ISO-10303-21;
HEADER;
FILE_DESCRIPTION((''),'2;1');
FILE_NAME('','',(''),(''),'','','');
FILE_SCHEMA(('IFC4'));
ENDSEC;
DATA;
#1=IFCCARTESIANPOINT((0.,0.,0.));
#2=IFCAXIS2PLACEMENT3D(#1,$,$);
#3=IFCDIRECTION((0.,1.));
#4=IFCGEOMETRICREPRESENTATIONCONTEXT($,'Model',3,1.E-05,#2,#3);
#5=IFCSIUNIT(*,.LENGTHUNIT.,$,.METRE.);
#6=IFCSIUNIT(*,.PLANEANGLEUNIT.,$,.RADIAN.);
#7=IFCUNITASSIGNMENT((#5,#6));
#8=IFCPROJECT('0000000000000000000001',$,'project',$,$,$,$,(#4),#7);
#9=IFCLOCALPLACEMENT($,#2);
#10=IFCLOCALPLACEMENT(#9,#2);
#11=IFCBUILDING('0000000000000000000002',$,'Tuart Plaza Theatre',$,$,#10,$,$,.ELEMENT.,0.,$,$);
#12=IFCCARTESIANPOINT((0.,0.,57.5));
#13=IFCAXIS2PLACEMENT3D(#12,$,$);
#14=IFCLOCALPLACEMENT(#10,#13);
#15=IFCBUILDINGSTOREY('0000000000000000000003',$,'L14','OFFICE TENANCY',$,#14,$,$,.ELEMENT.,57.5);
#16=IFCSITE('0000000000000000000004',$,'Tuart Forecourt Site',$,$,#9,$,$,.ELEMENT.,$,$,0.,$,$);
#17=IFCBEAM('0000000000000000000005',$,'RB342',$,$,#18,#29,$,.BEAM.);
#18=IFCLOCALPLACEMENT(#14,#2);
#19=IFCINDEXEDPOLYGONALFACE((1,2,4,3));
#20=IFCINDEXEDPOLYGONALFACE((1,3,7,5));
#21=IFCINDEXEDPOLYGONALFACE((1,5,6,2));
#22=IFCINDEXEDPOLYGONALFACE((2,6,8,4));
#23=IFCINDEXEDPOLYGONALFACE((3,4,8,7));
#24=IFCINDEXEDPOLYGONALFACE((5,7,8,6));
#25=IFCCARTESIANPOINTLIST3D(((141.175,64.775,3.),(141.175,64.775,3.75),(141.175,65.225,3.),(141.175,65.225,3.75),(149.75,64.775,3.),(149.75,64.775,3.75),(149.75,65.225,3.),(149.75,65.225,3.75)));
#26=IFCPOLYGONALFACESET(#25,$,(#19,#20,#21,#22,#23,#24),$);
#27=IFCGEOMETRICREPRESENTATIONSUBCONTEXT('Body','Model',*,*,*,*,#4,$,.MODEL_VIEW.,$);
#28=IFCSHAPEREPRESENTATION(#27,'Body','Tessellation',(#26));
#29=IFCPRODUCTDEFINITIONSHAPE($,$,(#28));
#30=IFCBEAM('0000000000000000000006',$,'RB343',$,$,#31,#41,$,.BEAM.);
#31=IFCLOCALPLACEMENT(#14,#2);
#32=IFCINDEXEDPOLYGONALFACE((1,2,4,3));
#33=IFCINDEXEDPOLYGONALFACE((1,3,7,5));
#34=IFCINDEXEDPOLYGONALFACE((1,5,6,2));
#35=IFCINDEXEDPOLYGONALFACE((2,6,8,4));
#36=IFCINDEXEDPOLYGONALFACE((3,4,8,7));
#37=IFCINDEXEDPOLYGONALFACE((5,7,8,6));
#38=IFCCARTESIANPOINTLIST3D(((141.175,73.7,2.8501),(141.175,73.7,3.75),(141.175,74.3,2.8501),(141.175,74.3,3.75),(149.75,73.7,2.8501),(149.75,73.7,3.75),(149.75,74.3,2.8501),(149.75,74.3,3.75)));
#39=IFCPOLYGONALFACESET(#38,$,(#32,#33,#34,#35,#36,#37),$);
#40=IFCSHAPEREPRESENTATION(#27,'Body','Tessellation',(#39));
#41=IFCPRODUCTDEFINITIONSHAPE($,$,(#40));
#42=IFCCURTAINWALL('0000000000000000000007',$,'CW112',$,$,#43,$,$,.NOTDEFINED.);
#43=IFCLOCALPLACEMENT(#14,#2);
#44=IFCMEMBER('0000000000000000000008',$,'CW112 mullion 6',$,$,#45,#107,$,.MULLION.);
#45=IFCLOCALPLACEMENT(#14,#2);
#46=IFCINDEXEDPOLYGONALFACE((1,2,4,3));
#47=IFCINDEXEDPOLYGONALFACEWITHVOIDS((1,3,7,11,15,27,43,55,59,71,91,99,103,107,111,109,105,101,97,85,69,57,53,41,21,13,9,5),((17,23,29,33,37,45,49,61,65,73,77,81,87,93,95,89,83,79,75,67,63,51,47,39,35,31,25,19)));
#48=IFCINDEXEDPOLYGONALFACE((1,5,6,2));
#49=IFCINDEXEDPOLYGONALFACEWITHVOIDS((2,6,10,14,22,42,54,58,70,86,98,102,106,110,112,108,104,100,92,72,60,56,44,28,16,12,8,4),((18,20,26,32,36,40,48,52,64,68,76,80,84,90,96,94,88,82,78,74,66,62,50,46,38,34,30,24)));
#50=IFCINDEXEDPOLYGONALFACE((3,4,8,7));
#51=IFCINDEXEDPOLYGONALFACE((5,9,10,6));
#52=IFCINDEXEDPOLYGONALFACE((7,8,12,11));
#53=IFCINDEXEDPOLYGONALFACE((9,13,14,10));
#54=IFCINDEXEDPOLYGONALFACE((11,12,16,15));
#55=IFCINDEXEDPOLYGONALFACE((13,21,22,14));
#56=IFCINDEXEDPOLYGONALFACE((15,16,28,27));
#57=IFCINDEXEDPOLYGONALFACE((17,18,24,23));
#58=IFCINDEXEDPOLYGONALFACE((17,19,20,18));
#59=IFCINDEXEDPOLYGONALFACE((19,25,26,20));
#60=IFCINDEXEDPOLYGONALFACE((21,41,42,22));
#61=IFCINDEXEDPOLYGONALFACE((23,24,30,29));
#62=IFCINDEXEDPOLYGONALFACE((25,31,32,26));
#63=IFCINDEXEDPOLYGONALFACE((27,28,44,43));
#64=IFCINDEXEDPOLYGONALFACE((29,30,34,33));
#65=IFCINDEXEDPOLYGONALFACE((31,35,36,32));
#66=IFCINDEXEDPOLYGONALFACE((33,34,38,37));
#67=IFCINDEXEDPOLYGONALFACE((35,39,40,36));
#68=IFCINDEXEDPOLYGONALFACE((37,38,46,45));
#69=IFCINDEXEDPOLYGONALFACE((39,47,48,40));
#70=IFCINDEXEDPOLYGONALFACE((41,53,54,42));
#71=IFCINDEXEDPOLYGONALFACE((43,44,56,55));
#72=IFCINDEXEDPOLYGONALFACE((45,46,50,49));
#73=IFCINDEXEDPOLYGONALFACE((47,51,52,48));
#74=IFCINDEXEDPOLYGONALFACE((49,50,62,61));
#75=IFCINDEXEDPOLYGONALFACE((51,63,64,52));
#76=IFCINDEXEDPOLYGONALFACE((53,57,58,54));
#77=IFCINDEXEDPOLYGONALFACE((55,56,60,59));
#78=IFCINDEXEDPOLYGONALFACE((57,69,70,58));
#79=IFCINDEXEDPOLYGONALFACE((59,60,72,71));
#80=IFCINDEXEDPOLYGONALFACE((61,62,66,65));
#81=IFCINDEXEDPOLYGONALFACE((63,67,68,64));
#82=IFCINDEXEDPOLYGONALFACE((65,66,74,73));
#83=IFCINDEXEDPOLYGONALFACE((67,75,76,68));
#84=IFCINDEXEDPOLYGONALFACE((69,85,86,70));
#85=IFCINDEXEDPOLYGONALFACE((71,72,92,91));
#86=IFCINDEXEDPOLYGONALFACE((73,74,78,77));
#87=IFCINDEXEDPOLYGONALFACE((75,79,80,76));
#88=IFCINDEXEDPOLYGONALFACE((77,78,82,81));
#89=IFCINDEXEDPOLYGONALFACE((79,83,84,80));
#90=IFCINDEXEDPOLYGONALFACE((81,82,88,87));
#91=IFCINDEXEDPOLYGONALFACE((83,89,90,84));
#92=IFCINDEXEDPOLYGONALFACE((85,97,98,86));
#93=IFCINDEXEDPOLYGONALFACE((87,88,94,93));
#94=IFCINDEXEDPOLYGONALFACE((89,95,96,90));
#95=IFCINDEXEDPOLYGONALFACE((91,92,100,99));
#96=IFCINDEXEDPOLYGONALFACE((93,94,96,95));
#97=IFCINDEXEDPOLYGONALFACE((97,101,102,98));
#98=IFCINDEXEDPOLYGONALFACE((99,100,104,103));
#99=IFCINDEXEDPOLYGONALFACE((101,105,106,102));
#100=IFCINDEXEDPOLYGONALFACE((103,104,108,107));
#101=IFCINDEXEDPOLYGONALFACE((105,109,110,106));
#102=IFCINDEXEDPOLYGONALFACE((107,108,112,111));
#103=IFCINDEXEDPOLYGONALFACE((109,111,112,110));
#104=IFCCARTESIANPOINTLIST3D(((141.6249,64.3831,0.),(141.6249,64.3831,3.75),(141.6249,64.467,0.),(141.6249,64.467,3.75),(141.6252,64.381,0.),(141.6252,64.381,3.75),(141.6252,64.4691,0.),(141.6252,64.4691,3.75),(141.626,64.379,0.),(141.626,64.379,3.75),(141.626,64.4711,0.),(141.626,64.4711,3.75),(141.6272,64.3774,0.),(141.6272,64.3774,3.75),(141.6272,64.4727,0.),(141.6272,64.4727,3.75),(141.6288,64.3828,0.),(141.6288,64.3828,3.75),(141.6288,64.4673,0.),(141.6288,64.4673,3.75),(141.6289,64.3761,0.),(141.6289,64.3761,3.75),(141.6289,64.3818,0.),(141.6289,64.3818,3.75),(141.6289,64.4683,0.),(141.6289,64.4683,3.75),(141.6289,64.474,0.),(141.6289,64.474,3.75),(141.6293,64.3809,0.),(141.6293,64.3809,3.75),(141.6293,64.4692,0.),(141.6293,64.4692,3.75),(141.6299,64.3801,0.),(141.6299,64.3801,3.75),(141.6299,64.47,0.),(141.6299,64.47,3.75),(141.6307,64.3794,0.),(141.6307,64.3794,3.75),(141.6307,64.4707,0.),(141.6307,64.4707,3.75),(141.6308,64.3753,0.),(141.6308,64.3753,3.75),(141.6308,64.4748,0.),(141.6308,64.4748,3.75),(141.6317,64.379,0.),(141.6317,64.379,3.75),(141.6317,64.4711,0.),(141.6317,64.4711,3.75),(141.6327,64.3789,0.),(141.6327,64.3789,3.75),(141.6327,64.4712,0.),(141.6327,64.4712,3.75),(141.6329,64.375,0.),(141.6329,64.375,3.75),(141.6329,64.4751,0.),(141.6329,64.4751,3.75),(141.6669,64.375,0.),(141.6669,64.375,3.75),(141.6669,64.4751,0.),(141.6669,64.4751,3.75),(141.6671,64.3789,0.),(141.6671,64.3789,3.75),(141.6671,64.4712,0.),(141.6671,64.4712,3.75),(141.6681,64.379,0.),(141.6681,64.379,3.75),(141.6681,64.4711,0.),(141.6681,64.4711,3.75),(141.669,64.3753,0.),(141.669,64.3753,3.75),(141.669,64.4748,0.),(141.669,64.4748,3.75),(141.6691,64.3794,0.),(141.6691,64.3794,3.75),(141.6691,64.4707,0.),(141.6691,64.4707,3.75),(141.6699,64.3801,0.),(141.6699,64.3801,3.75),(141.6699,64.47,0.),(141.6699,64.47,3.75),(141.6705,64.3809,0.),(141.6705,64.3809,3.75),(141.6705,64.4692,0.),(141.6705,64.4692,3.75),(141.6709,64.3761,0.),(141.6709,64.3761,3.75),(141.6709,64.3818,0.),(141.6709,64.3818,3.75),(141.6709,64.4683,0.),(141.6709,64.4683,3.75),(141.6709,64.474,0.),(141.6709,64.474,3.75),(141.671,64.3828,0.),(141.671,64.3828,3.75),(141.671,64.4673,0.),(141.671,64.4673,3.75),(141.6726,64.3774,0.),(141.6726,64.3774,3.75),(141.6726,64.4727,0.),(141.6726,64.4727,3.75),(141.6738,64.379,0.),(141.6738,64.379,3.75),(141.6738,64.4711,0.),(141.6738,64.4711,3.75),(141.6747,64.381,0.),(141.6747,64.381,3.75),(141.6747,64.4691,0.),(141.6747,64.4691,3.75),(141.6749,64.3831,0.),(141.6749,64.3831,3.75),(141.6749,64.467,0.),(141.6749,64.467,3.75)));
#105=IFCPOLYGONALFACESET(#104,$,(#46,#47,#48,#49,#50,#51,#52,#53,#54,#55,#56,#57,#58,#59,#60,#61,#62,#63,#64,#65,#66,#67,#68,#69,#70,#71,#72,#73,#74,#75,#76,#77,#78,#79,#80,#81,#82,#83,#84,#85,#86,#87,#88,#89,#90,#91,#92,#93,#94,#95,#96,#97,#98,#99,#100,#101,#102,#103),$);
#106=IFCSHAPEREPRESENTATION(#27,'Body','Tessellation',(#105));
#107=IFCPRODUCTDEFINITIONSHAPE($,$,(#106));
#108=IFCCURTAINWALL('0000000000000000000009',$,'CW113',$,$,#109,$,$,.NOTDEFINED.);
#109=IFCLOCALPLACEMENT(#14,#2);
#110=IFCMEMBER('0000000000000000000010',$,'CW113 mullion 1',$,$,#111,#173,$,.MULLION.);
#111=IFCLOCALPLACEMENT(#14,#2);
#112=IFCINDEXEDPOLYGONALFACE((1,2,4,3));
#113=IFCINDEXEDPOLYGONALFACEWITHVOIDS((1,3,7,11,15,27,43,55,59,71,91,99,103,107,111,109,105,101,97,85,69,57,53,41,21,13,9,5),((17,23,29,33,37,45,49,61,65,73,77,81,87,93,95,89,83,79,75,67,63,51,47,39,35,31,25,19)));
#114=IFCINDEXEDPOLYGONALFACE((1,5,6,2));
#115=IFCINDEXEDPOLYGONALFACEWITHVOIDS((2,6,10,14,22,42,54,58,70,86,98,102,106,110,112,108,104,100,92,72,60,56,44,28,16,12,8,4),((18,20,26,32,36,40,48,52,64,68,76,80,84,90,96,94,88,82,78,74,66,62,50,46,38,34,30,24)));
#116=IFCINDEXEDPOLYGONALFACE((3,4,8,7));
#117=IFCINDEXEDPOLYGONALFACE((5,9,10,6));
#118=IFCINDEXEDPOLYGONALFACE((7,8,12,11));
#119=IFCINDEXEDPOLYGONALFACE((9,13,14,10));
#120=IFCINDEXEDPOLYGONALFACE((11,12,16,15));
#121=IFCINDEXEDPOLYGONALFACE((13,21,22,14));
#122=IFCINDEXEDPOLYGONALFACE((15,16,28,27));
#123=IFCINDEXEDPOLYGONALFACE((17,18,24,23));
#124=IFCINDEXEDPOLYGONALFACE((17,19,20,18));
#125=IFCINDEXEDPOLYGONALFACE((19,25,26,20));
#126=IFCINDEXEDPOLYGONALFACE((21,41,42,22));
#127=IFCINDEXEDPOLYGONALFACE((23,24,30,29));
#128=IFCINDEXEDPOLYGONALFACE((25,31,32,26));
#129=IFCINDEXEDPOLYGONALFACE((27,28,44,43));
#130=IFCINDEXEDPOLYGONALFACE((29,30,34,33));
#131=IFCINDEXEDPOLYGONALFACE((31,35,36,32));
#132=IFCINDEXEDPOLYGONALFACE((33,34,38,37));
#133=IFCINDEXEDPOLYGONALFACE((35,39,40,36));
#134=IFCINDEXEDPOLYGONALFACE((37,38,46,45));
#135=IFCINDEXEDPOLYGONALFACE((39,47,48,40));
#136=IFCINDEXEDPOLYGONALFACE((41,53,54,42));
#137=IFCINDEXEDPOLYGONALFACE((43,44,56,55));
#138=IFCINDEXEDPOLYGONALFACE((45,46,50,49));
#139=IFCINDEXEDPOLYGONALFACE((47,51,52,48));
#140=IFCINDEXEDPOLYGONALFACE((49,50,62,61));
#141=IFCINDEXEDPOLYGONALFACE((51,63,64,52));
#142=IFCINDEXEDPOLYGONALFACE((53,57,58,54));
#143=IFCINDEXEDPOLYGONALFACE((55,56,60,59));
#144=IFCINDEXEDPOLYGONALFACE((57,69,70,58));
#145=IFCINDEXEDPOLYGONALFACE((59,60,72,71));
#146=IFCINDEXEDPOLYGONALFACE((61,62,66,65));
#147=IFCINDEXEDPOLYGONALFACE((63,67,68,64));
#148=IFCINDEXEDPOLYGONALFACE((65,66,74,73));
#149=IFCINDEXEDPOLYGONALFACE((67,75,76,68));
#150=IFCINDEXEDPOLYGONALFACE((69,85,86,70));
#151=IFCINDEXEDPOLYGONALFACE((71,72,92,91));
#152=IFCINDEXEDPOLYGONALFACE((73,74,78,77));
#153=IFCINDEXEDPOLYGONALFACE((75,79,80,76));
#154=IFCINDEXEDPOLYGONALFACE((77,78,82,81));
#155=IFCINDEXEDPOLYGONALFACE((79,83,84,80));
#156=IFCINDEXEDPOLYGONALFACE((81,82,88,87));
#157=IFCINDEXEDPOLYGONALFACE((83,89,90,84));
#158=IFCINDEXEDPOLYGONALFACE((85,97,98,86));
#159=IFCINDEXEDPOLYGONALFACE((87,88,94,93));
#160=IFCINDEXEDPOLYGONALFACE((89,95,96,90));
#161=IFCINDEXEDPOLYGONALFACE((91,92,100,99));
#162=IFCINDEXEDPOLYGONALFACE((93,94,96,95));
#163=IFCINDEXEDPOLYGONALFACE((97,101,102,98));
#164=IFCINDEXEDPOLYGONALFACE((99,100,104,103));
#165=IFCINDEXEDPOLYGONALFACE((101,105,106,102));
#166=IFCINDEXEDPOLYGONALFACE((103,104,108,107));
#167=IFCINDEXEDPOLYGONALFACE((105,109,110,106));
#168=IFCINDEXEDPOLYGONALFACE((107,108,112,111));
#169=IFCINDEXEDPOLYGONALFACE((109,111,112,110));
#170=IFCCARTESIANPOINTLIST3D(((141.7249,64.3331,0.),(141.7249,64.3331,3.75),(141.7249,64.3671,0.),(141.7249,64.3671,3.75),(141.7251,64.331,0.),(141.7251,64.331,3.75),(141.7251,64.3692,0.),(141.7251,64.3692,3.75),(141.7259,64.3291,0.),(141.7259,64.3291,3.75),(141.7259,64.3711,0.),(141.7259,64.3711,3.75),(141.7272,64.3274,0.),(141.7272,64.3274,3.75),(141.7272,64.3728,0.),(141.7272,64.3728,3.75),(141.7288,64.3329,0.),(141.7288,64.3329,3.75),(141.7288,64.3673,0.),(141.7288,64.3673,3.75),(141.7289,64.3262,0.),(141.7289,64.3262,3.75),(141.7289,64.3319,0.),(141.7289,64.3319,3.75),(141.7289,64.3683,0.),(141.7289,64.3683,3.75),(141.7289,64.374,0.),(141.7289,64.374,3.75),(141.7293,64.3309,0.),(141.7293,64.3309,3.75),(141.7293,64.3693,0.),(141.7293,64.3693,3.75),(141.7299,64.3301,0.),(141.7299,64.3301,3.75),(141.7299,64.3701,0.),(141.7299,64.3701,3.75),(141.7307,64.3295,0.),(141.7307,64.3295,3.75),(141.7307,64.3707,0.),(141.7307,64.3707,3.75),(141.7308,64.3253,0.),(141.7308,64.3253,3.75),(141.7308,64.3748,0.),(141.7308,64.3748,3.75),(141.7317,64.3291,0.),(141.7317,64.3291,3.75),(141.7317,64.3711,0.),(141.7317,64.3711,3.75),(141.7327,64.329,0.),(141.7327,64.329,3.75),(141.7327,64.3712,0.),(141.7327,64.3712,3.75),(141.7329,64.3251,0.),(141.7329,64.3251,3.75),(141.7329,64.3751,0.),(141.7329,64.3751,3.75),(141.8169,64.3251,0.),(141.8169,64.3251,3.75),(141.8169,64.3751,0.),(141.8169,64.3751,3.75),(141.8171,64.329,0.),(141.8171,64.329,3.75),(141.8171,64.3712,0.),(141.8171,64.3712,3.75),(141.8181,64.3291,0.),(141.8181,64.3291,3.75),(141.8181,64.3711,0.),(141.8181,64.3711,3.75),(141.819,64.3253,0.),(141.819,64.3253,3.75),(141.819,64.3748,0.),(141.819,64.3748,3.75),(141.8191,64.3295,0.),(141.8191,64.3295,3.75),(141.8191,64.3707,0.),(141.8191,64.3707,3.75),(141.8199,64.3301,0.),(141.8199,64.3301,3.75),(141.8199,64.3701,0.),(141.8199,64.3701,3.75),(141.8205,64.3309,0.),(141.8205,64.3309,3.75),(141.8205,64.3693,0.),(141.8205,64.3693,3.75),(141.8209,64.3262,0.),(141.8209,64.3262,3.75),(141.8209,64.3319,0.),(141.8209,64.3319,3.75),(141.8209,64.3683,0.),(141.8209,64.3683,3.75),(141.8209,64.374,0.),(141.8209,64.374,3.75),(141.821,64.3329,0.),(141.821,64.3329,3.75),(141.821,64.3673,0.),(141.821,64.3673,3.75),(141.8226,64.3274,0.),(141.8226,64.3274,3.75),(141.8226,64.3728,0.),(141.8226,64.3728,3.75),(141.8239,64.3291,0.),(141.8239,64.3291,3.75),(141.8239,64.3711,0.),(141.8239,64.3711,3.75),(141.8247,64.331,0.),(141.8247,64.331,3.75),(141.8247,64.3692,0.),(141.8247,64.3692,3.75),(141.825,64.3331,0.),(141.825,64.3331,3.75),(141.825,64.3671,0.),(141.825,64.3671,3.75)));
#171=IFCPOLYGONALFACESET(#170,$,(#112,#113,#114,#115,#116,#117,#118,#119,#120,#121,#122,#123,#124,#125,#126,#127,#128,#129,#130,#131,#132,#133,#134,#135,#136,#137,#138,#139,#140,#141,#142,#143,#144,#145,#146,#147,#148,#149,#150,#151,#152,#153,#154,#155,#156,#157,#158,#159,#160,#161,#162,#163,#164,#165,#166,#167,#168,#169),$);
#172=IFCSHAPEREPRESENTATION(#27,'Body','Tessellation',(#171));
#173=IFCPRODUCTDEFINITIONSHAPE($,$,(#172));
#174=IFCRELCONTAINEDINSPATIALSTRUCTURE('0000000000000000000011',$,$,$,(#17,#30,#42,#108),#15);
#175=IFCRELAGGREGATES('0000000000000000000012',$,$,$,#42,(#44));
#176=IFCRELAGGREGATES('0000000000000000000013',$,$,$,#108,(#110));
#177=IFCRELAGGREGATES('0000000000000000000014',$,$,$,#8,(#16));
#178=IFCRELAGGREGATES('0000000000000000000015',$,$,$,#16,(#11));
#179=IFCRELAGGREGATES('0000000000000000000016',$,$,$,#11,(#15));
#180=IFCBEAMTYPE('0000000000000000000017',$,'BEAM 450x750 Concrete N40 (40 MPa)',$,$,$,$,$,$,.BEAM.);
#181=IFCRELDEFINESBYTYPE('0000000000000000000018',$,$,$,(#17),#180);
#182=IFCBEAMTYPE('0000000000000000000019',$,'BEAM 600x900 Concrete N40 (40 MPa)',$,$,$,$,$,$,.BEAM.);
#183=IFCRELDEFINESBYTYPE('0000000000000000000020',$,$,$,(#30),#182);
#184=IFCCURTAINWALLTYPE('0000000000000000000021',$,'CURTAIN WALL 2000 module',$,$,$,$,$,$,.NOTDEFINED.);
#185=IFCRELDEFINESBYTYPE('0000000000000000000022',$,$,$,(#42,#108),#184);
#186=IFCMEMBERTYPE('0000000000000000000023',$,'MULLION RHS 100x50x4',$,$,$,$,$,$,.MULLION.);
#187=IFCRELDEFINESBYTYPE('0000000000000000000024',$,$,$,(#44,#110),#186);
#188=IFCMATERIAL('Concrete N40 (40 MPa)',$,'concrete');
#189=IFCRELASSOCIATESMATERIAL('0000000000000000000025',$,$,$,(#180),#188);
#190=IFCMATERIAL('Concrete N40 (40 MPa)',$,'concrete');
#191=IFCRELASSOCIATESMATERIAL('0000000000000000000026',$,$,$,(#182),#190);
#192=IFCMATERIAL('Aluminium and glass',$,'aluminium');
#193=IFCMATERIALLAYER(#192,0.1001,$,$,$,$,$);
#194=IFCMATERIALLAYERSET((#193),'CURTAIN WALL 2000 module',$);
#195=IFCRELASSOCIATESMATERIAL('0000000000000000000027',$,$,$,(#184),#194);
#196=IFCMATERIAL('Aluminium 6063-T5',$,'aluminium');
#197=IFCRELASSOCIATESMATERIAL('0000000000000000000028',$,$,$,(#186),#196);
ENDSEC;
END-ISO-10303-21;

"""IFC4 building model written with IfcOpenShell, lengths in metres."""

from ifc_helpers import new_model, si_unit, direction, frame, origin, origin_2d, place, context, subcontext, project, spatial, rectangle, hollow_rectangle, extrude, material, layer, layer_set, material_profile, profile_set, type_object, element, aggregate, save


model = new_model("IFC4")

# Units and contexts
model_context = context("Model", 3, precision=1e-05, world=origin(), true_north=direction((0.0, 1.0)))
body_context = subcontext(model_context, "Body", "Model", "MODEL_VIEW")
ifc_project = project(units=[si_unit("LENGTHUNIT", "METRE"), si_unit("PLANEANGLEUNIT", "RADIAN")], contexts=[model_context])

# Site, building, storey
site_placement = place(None, origin())
site = spatial("IfcSite", under=ifc_project, at=site_placement, Name="Tuart Forecourt Site", CompositionType="ELEMENT", RefElevation=0.0)
building_placement = place(site_placement, origin())
building = spatial("IfcBuilding", under=site, at=building_placement, Name="Tuart Plaza Theatre", CompositionType="ELEMENT", ElevationOfRefHeight=0.0)
storey_placement = place(building_placement, frame((0.0, 0.0, 57.5)))
storey = spatial("IfcBuildingStorey", under=building, at=storey_placement, Name="L14", Description="OFFICE TENANCY", CompositionType="ELEMENT", Elevation=57.5)

# Beams
ifc_material_1 = material(Name="Concrete N40 (40 MPa)", Category="concrete")
ifc_material_profile_1 = material_profile(ifc_material_1, rectangle(XDim=0.45, YDim=0.75, at=origin_2d()), Name="BEAM 450x750 Concrete N40 (40 MPa)")
ifc_profile_set_1 = profile_set([ifc_material_profile_1], Name="Concrete N40 (40 MPa)")
beam_type_1 = type_object("IfcBeamType", Name="BEAM 450x750 Concrete N40 (40 MPa)", PredefinedType="BEAM", material=ifc_profile_set_1)
beam_1_placement = place(storey_placement, frame((141.175, 65.0, 3.375), z_axis=(1.0, 0.0, 0.0), x_axis=(0.0, 1.0, 0.0)))
element("IfcBeam", 1, at=beam_1_placement, inside=storey, type_object=beam_type_1, Name="RB342", PredefinedType="BEAM", context=body_context, shape_type="SweptSolid", body=[
    extrude(rectangle(XDim=0.45, YDim=0.75, at=origin_2d()), origin(), (0.0, 0.0, 1.0), 8.575),
])
ifc_material_2 = material(Name="Concrete N40 (40 MPa)", Category="concrete")
ifc_material_profile_2 = material_profile(ifc_material_2, rectangle(XDim=0.6001, YDim=0.8999, at=origin_2d()), Name="BEAM 600x900 Concrete N40 (40 MPa)")
ifc_profile_set_2 = profile_set([ifc_material_profile_2], Name="Concrete N40 (40 MPa)")
beam_type_2 = type_object("IfcBeamType", Name="BEAM 600x900 Concrete N40 (40 MPa)", PredefinedType="BEAM", material=ifc_profile_set_2)
beam_2_placement = place(storey_placement, frame((141.175, 74.0, 3.3), z_axis=(1.0, 0.0, 0.0), x_axis=(0.0, 1.0, 0.0)))
element("IfcBeam", 2, at=beam_2_placement, inside=storey, type_object=beam_type_2, Name="RB343", PredefinedType="BEAM", context=body_context, shape_type="SweptSolid", body=[
    extrude(rectangle(XDim=0.6001, YDim=0.8999, at=origin_2d()), origin(), (0.0, 0.0, 1.0), 8.575),
])

# Curtain wall, member
ifc_material_3 = material(Name="Aluminium and glass", Category="aluminium")
ifc_layer_1 = layer(ifc_material_3, 0.1001)
ifc_layer_set_1 = layer_set([ifc_layer_1], Name="CURTAIN WALL 2000 module")
curtain_wall_type = type_object("IfcCurtainWallType", Name="CURTAIN WALL 2000 module", PredefinedType="NOTDEFINED", material=ifc_layer_set_1)
curtain_wall_1_placement = place(storey_placement, origin())
curtain_wall_1 = element("IfcCurtainWall", 3, at=curtain_wall_1_placement, inside=storey, type_object=curtain_wall_type, Name="CW112", PredefinedType="NOTDEFINED")
ifc_material_4 = material(Name="Aluminium 6063-T5", Category="aluminium")
ifc_material_profile_3 = material_profile(ifc_material_4, hollow_rectangle(XDim=0.05, YDim=0.1001, WallThickness=0.0039, InnerFilletRadius=0.0039, OuterFilletRadius=0.0081, at=origin_2d()), Name="RHS 100x50x4")
ifc_profile_set_3 = profile_set([ifc_material_profile_3], Name="Aluminium 6063-T5")
member_type_1 = type_object("IfcMemberType", Name="MULLION RHS 100x50x4", PredefinedType="MULLION", material=ifc_profile_set_3)
member_1_placement = place(storey_placement, frame((141.6499, 64.425, 0.0), z_axis=(0.0, 0.0, 1.0), x_axis=(-1.0, 0.0, 0.0)))
member_1 = element("IfcMember", 4, at=member_1_placement, type_object=member_type_1, Name="CW112 mullion 6", PredefinedType="MULLION", context=body_context, shape_type="SweptSolid", body=[
    extrude(hollow_rectangle(XDim=0.05, YDim=0.1001, WallThickness=0.0039, InnerFilletRadius=0.0039, OuterFilletRadius=0.0081, at=origin_2d()), origin(), (0.0, 0.0, 1.0), 3.75),
])
aggregate(curtain_wall_1, [member_1])

# Curtain wall, member
curtain_wall_2_placement = place(storey_placement, origin())
curtain_wall_2 = element("IfcCurtainWall", 5, at=curtain_wall_2_placement, inside=storey, type_object=curtain_wall_type, Name="CW113", PredefinedType="NOTDEFINED")
member_2_placement = place(storey_placement, frame((141.7749, 64.3501, 0.0), z_axis=(0.0, 0.0, 1.0), x_axis=(0.0, 1.0, 0.0)))
member_2 = element("IfcMember", 6, at=member_2_placement, type_object=member_type_1, Name="CW113 mullion 1", PredefinedType="MULLION", context=body_context, shape_type="SweptSolid", body=[
    extrude(hollow_rectangle(XDim=0.05, YDim=0.1001, WallThickness=0.0039, InnerFilletRadius=0.0039, OuterFilletRadius=0.0081, at=origin_2d()), origin(), (0.0, 0.0, 1.0), 3.75),
])
aggregate(curtain_wall_2, [member_2])

save(model, "model.ifc")
